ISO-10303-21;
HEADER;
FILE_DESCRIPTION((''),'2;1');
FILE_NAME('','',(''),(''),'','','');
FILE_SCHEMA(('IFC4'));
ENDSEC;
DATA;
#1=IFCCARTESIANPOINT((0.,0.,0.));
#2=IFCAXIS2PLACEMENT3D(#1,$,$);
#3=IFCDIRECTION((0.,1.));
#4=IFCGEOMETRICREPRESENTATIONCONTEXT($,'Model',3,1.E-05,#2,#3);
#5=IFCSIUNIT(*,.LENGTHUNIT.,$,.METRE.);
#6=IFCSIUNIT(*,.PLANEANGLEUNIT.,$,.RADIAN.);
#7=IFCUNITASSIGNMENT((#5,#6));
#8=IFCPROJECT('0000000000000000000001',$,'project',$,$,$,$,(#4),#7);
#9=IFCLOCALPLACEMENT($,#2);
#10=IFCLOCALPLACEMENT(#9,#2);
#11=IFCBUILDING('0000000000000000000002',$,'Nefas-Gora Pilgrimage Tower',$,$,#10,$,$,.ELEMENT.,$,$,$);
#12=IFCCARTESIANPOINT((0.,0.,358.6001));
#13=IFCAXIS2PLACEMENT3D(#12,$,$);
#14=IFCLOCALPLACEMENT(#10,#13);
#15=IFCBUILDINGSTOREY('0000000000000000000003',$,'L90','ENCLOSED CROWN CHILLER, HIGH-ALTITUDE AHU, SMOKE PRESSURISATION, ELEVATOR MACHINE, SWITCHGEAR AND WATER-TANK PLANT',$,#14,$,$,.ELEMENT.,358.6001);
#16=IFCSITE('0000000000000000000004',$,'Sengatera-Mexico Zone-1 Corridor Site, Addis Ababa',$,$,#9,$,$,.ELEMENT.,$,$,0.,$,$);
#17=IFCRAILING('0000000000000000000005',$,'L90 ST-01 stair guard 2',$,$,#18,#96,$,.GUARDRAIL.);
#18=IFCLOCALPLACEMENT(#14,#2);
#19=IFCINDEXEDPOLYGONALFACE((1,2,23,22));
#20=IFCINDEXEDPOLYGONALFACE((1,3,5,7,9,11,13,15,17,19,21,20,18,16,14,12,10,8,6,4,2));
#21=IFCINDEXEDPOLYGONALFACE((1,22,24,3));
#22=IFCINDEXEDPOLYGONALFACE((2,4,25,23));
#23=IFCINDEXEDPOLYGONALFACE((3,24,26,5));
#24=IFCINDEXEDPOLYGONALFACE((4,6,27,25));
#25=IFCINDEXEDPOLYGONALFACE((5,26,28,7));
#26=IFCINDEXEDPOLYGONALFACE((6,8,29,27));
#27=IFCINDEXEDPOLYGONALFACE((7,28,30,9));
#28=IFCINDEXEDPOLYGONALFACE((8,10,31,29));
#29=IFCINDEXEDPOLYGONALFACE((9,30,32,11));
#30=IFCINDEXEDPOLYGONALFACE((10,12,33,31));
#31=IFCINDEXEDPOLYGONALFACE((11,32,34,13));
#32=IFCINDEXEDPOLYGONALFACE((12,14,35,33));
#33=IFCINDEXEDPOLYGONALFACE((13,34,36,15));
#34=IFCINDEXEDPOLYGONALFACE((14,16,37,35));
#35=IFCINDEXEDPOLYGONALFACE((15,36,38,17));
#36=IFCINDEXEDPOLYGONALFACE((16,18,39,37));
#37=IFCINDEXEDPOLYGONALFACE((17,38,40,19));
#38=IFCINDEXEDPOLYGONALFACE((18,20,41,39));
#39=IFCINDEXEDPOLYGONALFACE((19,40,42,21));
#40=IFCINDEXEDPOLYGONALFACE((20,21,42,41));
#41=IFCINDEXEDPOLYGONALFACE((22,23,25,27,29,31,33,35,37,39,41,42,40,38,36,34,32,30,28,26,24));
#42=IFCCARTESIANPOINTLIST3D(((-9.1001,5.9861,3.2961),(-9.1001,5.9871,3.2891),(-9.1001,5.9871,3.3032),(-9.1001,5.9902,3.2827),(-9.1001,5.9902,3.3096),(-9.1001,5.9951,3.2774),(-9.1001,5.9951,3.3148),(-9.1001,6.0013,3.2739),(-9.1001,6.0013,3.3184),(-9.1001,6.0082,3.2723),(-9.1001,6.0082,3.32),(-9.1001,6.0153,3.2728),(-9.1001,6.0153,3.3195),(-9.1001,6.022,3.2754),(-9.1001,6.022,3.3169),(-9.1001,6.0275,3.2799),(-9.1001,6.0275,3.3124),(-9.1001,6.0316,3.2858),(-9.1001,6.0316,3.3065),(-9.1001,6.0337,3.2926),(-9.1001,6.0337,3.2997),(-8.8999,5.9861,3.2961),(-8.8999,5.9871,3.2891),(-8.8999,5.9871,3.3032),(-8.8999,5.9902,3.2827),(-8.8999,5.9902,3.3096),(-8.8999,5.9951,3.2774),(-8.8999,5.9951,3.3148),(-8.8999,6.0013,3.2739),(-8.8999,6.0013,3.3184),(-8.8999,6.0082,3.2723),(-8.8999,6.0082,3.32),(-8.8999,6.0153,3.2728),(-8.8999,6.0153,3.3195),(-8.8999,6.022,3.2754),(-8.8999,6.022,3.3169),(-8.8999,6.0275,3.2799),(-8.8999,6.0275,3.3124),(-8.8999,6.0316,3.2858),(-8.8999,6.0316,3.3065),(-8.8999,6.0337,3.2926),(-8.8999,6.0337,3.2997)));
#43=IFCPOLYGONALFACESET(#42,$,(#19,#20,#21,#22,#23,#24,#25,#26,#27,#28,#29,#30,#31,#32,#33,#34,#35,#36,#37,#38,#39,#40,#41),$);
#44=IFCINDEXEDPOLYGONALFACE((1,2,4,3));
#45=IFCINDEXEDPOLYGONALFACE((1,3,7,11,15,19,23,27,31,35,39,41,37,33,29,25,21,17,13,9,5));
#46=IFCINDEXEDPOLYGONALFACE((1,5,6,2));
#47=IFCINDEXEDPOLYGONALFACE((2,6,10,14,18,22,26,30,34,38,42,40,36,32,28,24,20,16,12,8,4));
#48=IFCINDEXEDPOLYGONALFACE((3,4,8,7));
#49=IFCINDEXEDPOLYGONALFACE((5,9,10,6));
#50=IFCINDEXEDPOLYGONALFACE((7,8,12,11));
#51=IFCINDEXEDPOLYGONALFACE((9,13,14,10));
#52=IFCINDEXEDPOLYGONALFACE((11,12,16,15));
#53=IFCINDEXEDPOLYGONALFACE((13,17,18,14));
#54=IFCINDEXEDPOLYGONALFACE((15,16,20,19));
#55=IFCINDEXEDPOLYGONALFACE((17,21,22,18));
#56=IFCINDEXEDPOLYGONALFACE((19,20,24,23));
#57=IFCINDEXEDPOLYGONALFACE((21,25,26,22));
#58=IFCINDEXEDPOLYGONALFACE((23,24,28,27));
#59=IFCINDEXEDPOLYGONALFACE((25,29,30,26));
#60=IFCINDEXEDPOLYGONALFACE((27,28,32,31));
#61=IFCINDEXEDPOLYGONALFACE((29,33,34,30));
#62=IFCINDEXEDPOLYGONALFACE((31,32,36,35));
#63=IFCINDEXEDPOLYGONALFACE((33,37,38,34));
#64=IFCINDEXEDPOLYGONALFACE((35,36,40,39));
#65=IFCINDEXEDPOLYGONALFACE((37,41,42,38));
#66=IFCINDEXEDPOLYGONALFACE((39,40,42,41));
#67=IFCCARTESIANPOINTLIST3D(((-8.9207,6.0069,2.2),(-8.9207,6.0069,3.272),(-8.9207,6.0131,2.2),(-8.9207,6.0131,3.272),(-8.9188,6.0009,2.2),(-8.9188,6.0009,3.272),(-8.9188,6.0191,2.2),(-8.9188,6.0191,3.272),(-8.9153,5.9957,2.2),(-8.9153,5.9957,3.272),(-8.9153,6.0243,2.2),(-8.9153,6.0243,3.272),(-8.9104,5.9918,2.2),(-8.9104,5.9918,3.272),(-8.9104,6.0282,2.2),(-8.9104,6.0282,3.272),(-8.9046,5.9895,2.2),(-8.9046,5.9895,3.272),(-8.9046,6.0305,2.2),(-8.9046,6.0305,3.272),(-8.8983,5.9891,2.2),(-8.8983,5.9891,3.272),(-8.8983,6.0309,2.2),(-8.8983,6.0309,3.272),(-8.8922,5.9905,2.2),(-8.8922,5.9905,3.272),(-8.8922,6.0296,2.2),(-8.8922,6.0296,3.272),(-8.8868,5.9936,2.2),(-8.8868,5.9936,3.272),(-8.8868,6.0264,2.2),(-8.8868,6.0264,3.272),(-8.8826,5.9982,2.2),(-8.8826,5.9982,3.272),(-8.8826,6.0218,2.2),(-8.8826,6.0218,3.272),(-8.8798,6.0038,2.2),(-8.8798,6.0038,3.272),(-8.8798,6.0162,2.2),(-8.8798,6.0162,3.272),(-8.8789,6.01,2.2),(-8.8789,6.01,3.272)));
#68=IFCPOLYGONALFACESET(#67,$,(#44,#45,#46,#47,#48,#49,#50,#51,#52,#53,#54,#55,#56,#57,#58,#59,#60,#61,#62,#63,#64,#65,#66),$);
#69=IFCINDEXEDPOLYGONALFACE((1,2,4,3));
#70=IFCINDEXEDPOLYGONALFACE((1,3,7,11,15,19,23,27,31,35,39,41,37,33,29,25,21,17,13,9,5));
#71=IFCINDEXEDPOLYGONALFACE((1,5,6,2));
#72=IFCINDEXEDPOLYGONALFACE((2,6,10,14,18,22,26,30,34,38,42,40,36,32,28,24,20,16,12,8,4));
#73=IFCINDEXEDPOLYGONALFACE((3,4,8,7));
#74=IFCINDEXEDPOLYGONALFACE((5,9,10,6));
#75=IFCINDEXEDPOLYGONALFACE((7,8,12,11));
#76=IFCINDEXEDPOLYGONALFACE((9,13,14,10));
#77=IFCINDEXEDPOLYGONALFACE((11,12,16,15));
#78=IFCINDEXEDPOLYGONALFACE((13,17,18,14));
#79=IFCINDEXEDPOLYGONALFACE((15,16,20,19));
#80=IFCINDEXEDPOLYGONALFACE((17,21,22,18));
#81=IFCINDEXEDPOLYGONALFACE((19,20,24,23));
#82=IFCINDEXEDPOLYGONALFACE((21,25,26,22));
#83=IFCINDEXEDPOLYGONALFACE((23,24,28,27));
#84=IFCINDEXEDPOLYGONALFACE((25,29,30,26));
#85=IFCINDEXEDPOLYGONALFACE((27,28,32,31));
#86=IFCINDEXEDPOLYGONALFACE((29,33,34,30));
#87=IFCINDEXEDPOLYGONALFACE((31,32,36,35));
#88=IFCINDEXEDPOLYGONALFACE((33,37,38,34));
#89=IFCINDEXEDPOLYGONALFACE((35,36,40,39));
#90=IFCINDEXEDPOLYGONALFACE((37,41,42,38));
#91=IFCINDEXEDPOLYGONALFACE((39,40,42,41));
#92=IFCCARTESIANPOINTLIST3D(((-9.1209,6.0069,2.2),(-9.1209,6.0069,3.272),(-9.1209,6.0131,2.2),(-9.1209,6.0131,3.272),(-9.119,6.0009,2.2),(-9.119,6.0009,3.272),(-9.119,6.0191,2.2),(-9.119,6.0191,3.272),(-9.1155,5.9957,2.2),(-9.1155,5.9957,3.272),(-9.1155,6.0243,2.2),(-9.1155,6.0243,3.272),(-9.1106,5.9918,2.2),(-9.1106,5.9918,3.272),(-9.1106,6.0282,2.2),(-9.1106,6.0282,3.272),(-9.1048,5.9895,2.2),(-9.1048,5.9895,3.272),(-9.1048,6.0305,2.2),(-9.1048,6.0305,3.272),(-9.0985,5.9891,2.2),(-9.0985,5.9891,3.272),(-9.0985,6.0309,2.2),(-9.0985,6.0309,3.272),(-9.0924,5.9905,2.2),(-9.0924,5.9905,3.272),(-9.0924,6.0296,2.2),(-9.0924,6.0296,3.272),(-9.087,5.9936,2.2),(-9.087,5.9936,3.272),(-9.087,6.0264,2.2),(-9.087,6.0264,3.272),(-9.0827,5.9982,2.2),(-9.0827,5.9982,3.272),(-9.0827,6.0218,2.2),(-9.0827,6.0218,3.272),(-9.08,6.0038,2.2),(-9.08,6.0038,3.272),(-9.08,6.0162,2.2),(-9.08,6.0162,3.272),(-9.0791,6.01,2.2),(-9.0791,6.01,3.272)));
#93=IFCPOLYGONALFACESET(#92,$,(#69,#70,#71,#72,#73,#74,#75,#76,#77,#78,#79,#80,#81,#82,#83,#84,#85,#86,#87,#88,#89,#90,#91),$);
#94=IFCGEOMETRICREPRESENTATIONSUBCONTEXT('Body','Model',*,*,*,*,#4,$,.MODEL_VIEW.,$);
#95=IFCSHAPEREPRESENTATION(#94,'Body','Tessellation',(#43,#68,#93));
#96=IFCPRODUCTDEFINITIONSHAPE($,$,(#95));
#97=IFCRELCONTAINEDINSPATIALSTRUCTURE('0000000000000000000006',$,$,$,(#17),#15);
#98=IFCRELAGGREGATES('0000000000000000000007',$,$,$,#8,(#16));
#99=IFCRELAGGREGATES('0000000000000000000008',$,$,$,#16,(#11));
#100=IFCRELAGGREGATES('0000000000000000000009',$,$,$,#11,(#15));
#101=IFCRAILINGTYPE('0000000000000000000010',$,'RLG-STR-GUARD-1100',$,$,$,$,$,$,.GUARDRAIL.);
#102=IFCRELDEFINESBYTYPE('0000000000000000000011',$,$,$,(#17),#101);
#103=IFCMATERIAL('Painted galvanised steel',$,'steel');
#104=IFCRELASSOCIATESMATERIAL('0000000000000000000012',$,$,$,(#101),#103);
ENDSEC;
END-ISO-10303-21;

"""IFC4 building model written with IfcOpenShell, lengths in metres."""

from ifc_helpers import new_model, si_unit, direction, frame, origin, origin_2d, place, context, subcontext, project, spatial, circle, extrude, material, type_object, element, save


model = new_model("IFC4")

# Units and contexts
model_context = context("Model", 3, precision=1e-05, world=origin(), true_north=direction((0.0, 1.0)))
body_context = subcontext(model_context, "Body", "Model", "MODEL_VIEW")
ifc_project = project(units=[si_unit("LENGTHUNIT", "METRE"), si_unit("PLANEANGLEUNIT", "RADIAN")], contexts=[model_context])

# Site, building, storey
site_placement = place(None, origin())
site = spatial("IfcSite", under=ifc_project, at=site_placement, Name="Sengatera-Mexico Zone-1 Corridor Site, Addis Ababa", CompositionType="ELEMENT", RefElevation=0.0)
building_placement = place(site_placement, origin())
building = spatial("IfcBuilding", under=site, at=building_placement, Name="Nefas-Gora Pilgrimage Tower", CompositionType="ELEMENT")
storey_placement = place(building_placement, frame((0.0, 0.0, 358.6001)))
storey = spatial("IfcBuildingStorey", under=building, at=storey_placement, Name="L90", Description="ENCLOSED CROWN CHILLER, HIGH-ALTITUDE AHU, SMOKE PRESSURISATION, ELEVATOR MACHINE, SWITCHGEAR AND WATER-TANK PLANT", CompositionType="ELEMENT", Elevation=358.6001)

# Railing
ifc_material_1 = material(Name="Painted galvanised steel", Category="steel")
railing_type_1 = type_object("IfcRailingType", Name="RLG-STR-GUARD-1100", PredefinedType="GUARDRAIL", material=ifc_material_1)
railing_1_placement = place(storey_placement, frame((-8.8999, 6.01, 2.2)))
element("IfcRailing", 1, at=railing_1_placement, inside=storey, type_object=railing_type_1, Name="L90 ST-01 stair guard 2", PredefinedType="GUARDRAIL", context=body_context, shape_type="SweptSolid", body=[
    extrude(circle(Radius=0.0239, at=origin_2d()), frame((0.0, 0.0, 1.0962), z_axis=(-1.0, 0.0, 0.0), x_axis=(0.0, -1.0, 0.0)), (0.0, 0.0, 1.0), 0.2002),
    extrude(circle(Radius=0.021, at=origin_2d()), origin(), (0.0, 0.0, 1.0), 1.072),
    extrude(circle(Radius=0.021, at=origin_2d()), frame((-0.2002, 0.0, 0.0)), (0.0, 0.0, 1.0), 1.072),
])

save(model, "model.ifc")
